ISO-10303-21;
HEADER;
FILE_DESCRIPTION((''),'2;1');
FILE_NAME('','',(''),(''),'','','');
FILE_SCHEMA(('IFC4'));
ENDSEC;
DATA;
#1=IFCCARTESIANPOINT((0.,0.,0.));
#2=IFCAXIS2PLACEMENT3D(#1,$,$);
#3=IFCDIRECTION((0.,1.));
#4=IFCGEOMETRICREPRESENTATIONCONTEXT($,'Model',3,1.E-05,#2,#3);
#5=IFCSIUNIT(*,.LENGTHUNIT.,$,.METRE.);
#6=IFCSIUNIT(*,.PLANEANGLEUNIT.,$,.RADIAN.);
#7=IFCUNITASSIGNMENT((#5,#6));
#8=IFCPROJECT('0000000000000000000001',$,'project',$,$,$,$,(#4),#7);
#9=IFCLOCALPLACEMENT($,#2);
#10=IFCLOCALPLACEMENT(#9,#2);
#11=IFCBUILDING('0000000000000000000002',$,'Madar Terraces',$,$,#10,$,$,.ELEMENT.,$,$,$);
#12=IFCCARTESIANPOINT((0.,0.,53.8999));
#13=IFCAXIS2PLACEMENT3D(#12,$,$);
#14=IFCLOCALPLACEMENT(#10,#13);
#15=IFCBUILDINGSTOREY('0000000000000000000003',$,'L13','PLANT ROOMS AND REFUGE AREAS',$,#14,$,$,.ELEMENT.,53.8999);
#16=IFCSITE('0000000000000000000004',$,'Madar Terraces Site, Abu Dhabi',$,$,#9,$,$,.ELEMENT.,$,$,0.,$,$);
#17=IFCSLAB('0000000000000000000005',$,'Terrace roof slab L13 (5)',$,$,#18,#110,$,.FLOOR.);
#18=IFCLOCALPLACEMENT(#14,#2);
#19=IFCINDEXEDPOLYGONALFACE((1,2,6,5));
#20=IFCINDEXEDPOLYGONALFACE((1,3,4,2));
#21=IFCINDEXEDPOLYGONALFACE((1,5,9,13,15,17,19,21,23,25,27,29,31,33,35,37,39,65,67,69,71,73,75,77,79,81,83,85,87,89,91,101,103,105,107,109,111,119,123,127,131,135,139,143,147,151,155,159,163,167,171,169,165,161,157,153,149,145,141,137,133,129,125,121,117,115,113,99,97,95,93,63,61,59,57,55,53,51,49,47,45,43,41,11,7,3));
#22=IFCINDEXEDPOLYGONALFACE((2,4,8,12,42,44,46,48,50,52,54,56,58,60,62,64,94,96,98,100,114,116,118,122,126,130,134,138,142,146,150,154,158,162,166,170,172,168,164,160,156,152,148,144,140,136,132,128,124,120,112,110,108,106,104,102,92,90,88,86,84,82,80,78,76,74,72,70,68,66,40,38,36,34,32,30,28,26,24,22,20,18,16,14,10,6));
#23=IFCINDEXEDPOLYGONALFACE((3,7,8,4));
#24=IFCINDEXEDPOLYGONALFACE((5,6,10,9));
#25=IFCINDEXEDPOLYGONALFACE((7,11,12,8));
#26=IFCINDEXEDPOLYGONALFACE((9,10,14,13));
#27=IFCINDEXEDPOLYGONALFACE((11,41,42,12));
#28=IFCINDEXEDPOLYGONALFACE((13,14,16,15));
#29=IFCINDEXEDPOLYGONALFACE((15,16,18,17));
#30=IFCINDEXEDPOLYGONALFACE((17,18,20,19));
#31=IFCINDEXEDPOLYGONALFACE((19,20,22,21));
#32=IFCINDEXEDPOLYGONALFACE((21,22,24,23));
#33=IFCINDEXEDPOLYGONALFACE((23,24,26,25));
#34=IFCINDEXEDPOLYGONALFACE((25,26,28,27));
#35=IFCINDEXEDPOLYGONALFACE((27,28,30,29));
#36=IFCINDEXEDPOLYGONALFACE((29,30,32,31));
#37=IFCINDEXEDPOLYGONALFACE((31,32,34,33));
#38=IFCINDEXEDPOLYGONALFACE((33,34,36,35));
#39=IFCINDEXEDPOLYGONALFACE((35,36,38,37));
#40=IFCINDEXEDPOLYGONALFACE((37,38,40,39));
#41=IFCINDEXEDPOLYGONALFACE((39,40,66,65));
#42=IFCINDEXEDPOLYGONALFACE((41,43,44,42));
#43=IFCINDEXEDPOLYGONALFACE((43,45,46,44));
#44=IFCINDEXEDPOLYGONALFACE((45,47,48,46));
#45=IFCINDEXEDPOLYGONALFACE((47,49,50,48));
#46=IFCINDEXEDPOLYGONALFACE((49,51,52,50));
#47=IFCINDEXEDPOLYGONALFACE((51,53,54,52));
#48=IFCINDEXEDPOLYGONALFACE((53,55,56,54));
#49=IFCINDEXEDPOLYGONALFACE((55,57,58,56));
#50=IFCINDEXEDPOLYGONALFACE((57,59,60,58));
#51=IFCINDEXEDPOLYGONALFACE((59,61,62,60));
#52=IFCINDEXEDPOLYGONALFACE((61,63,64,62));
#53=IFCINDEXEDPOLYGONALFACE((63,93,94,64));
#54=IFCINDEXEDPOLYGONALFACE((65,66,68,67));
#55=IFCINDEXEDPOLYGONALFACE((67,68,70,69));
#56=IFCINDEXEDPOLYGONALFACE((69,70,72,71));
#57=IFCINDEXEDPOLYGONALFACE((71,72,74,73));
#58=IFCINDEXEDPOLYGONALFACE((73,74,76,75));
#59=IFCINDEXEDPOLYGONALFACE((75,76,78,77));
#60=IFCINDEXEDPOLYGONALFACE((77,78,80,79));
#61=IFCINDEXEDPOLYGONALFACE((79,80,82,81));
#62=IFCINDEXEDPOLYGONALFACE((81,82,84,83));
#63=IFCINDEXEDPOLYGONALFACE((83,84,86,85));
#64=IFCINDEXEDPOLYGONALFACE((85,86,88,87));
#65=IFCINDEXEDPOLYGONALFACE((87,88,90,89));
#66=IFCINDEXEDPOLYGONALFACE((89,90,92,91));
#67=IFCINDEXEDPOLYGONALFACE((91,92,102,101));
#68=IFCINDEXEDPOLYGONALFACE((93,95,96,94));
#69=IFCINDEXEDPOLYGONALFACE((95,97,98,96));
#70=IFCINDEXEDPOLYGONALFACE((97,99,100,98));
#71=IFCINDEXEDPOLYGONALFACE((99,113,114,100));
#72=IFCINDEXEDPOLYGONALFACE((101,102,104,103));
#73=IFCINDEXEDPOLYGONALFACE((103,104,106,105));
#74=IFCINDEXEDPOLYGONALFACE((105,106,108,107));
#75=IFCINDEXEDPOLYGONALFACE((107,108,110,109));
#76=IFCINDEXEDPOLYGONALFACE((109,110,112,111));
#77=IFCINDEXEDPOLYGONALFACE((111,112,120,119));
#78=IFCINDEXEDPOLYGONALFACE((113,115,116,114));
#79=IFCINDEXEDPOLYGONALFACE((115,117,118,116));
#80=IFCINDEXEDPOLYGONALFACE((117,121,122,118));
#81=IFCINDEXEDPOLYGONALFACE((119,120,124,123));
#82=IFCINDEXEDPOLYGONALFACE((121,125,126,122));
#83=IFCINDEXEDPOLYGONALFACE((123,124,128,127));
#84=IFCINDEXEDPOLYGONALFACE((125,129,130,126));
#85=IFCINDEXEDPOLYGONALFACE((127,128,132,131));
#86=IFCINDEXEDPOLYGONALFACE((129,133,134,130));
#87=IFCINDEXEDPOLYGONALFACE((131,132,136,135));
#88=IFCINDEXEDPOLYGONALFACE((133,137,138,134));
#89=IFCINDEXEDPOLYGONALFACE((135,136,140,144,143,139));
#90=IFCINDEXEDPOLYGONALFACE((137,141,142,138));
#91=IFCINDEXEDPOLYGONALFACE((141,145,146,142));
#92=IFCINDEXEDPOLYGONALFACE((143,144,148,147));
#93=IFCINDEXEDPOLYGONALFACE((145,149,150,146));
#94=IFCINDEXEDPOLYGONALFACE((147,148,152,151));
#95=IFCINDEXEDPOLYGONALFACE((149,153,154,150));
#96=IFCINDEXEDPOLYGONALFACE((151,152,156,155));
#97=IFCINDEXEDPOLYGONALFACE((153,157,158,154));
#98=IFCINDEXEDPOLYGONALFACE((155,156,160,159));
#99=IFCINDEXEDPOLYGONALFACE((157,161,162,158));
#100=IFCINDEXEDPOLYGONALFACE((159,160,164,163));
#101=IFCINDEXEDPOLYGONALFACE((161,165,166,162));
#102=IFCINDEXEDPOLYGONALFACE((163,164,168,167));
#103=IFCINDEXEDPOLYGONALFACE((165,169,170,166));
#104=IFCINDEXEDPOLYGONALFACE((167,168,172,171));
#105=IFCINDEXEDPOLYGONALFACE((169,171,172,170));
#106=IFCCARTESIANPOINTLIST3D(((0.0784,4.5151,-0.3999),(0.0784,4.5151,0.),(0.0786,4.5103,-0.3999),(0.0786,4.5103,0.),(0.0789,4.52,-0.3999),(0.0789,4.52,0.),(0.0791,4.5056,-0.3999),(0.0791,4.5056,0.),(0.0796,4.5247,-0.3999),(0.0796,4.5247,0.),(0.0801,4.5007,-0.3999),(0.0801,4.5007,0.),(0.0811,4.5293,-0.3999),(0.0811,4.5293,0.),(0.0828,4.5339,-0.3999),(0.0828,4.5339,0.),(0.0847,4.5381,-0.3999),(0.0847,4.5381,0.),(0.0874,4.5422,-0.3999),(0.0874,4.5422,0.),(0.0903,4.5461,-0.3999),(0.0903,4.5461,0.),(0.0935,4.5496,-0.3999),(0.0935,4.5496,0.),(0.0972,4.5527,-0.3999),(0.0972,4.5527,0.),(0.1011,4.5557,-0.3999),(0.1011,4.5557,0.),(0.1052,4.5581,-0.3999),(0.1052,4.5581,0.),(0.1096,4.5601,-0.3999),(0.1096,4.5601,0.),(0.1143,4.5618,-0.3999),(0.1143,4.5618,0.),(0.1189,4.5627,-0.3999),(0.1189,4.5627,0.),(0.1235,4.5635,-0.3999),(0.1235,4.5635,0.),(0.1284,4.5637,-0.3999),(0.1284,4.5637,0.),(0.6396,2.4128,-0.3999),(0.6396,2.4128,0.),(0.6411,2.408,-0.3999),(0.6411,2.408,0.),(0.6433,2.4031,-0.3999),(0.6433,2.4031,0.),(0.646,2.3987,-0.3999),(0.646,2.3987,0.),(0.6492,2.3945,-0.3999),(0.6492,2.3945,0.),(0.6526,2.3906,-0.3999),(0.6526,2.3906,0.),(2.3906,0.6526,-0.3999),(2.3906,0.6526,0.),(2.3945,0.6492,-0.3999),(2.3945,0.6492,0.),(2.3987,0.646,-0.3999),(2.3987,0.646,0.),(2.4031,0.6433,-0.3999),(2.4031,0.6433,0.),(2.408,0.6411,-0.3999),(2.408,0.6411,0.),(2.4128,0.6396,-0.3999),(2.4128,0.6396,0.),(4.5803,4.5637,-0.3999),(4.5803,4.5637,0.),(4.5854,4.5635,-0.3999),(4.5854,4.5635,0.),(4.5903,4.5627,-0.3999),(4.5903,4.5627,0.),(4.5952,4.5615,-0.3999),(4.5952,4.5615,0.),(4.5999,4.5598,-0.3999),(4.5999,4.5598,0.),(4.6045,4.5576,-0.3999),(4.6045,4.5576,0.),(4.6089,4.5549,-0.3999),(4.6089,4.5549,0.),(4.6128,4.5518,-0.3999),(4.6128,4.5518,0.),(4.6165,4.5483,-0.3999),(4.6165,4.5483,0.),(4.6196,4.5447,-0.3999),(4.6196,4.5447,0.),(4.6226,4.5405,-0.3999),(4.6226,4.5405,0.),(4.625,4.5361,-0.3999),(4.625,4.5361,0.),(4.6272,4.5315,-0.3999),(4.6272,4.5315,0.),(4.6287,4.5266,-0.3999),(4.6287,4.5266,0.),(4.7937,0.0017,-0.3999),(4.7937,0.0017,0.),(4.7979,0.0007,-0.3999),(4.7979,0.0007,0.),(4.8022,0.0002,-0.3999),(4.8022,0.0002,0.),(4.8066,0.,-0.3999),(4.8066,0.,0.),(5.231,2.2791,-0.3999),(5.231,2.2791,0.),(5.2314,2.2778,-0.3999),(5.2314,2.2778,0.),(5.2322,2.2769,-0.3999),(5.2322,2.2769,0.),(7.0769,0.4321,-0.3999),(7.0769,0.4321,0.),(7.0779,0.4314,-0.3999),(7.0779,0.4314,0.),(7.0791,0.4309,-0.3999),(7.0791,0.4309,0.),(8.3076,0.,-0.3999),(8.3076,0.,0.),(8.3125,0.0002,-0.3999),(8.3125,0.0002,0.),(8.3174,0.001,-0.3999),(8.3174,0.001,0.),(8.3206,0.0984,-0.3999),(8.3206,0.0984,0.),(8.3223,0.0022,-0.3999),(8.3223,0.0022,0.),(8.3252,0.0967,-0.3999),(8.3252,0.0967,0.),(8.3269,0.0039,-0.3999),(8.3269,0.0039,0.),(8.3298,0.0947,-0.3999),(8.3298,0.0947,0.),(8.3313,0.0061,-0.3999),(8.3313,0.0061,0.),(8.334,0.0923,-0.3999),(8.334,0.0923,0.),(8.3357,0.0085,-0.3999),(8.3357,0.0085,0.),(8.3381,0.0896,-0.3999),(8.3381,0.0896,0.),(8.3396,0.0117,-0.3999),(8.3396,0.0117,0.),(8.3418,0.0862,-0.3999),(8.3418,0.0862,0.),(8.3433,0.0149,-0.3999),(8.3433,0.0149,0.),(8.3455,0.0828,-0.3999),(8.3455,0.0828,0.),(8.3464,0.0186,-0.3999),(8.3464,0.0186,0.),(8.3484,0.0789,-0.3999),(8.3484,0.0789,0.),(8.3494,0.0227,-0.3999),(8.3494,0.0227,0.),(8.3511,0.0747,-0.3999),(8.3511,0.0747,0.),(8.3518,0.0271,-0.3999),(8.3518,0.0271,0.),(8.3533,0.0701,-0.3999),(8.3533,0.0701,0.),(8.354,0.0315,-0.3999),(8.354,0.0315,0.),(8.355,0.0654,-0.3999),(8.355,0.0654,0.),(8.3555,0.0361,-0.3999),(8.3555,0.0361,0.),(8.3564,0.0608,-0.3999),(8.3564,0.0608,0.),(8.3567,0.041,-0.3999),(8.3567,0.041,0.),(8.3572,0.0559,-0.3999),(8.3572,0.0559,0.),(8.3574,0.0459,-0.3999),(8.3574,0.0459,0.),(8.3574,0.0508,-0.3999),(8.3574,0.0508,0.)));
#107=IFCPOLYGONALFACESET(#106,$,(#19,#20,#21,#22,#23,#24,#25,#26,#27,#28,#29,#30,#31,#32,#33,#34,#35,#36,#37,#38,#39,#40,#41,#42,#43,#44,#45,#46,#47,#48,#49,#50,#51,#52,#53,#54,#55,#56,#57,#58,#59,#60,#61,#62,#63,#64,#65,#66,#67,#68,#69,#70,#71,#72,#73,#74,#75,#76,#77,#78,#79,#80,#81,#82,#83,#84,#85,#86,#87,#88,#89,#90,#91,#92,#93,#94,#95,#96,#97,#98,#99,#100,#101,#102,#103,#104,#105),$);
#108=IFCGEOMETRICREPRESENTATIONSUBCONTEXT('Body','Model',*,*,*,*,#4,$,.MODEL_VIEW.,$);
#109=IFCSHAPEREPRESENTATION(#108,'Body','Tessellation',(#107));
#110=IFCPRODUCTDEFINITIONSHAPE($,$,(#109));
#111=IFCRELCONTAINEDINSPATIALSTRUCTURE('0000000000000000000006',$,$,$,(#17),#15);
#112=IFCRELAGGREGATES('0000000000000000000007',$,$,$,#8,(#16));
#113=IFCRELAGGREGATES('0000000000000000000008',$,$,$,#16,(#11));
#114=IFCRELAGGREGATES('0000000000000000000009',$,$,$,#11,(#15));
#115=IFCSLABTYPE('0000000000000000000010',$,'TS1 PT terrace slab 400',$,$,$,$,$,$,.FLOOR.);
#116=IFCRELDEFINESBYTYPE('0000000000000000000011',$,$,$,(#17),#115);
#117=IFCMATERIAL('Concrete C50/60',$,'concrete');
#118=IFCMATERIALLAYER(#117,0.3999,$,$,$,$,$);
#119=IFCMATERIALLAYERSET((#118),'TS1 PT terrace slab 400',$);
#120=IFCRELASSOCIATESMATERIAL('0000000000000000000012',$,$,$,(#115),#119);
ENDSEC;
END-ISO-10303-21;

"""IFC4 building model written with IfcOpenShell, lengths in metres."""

from ifc_helpers import new_model, si_unit, direction, frame, origin, place, context, subcontext, project, spatial, polyline, outline, extrude, material, layer, layer_set, type_object, element, save


model = new_model("IFC4")

# Units and contexts
model_context = context("Model", 3, precision=1e-05, world=origin(), true_north=direction((0.0, 1.0)))
body_context = subcontext(model_context, "Body", "Model", "MODEL_VIEW")
ifc_project = project(units=[si_unit("LENGTHUNIT", "METRE"), si_unit("PLANEANGLEUNIT", "RADIAN")], contexts=[model_context])

# Site, building, storey
site_placement = place(None, origin())
site = spatial("IfcSite", under=ifc_project, at=site_placement, Name="Madar Terraces Site, Abu Dhabi", CompositionType="ELEMENT", RefElevation=0.0)
building_placement = place(site_placement, origin())
building = spatial("IfcBuilding", under=site, at=building_placement, Name="Madar Terraces", CompositionType="ELEMENT")
storey_placement = place(building_placement, frame((0.0, 0.0, 53.8999)))
storey = spatial("IfcBuildingStorey", under=building, at=storey_placement, Name="L13", Description="PLANT ROOMS AND REFUGE AREAS", CompositionType="ELEMENT", Elevation=53.8999)

# Slab
ifc_material_1 = material(Name="Concrete C50/60", Category="concrete")
ifc_layer_1 = layer(ifc_material_1, 0.3999)
ifc_layer_set_1 = layer_set([ifc_layer_1], Name="TS1 PT terrace slab 400")
slab_type_1 = type_object("IfcSlabType", Name="TS1 PT terrace slab 400", PredefinedType="FLOOR", material=ifc_layer_set_1)
slab_1_placement = place(storey_placement, frame((0.0, 0.0, -0.3999)))
element("IfcSlab", 1, at=slab_1_placement, inside=storey, type_object=slab_type_1, Name="Terrace roof slab L13 (5)", PredefinedType="FLOOR", context=body_context, shape_type="SweptSolid", body=[
    extrude(outline(polyline([(2.408, 0.6411), (2.4128, 0.6396), (4.7937, 0.0017), (4.7979, 0.0007), (4.8022, 0.0002), (4.8066, 0.0), (8.3076, 0.0), (8.3125, 0.0002), (8.3174, 0.001), (8.3223, 0.0022), (8.3269, 0.0039), (8.3313, 0.0061), (8.3357, 0.0085), (8.3396, 0.0117), (8.3433, 0.0149), (8.3464, 0.0186), (8.3494, 0.0227), (8.3518, 0.0271), (8.354, 0.0315), (8.3555, 0.0361), (8.3567, 0.041), (8.3574, 0.0459), (8.3574, 0.0508), (8.3572, 0.0559), (8.3564, 0.0608), (8.355, 0.0654), (8.3533, 0.0701), (8.3511, 0.0747), (8.3484, 0.0789), (8.3455, 0.0828), (8.3418, 0.0862), (8.3381, 0.0896), (8.334, 0.0923), (8.3298, 0.0947), (8.3252, 0.0967), (8.3206, 0.0984), (7.0791, 0.4309), (7.0779, 0.4314), (7.0769, 0.4321), (5.2322, 2.2769), (5.2314, 2.2778), (5.231, 2.2791), (4.6287, 4.5266), (4.6272, 4.5315), (4.625, 4.5361), (4.6226, 4.5405), (4.6196, 4.5447), (4.6165, 4.5483), (4.6128, 4.5518), (4.6089, 4.5549), (4.6045, 4.5576), (4.5999, 4.5598), (4.5952, 4.5615), (4.5903, 4.5627), (4.5854, 4.5635), (4.5803, 4.5637), (0.1284, 4.5637), (0.1235, 4.5635), (0.1189, 4.5627), (0.1143, 4.5618), (0.1096, 4.5601), (0.1052, 4.5581), (0.1011, 4.5557), (0.0972, 4.5527), (0.0935, 4.5496), (0.0903, 4.5461), (0.0874, 4.5422), (0.0847, 4.5381), (0.0828, 4.5339), (0.0811, 4.5293), (0.0796, 4.5247), (0.0789, 4.52), (0.0784, 4.5151), (0.0786, 4.5103), (0.0791, 4.5056), (0.0801, 4.5007), (0.6396, 2.4128), (0.6411, 2.408), (0.6433, 2.4031), (0.646, 2.3987), (0.6492, 2.3945), (0.6526, 2.3906), (2.3906, 0.6526), (2.3945, 0.6492), (2.3987, 0.646), (2.4031, 0.6433), (2.408, 0.6411)])), origin(), (0.0, 0.0, 1.0), 0.3999),
])

save(model, "model.ifc")
